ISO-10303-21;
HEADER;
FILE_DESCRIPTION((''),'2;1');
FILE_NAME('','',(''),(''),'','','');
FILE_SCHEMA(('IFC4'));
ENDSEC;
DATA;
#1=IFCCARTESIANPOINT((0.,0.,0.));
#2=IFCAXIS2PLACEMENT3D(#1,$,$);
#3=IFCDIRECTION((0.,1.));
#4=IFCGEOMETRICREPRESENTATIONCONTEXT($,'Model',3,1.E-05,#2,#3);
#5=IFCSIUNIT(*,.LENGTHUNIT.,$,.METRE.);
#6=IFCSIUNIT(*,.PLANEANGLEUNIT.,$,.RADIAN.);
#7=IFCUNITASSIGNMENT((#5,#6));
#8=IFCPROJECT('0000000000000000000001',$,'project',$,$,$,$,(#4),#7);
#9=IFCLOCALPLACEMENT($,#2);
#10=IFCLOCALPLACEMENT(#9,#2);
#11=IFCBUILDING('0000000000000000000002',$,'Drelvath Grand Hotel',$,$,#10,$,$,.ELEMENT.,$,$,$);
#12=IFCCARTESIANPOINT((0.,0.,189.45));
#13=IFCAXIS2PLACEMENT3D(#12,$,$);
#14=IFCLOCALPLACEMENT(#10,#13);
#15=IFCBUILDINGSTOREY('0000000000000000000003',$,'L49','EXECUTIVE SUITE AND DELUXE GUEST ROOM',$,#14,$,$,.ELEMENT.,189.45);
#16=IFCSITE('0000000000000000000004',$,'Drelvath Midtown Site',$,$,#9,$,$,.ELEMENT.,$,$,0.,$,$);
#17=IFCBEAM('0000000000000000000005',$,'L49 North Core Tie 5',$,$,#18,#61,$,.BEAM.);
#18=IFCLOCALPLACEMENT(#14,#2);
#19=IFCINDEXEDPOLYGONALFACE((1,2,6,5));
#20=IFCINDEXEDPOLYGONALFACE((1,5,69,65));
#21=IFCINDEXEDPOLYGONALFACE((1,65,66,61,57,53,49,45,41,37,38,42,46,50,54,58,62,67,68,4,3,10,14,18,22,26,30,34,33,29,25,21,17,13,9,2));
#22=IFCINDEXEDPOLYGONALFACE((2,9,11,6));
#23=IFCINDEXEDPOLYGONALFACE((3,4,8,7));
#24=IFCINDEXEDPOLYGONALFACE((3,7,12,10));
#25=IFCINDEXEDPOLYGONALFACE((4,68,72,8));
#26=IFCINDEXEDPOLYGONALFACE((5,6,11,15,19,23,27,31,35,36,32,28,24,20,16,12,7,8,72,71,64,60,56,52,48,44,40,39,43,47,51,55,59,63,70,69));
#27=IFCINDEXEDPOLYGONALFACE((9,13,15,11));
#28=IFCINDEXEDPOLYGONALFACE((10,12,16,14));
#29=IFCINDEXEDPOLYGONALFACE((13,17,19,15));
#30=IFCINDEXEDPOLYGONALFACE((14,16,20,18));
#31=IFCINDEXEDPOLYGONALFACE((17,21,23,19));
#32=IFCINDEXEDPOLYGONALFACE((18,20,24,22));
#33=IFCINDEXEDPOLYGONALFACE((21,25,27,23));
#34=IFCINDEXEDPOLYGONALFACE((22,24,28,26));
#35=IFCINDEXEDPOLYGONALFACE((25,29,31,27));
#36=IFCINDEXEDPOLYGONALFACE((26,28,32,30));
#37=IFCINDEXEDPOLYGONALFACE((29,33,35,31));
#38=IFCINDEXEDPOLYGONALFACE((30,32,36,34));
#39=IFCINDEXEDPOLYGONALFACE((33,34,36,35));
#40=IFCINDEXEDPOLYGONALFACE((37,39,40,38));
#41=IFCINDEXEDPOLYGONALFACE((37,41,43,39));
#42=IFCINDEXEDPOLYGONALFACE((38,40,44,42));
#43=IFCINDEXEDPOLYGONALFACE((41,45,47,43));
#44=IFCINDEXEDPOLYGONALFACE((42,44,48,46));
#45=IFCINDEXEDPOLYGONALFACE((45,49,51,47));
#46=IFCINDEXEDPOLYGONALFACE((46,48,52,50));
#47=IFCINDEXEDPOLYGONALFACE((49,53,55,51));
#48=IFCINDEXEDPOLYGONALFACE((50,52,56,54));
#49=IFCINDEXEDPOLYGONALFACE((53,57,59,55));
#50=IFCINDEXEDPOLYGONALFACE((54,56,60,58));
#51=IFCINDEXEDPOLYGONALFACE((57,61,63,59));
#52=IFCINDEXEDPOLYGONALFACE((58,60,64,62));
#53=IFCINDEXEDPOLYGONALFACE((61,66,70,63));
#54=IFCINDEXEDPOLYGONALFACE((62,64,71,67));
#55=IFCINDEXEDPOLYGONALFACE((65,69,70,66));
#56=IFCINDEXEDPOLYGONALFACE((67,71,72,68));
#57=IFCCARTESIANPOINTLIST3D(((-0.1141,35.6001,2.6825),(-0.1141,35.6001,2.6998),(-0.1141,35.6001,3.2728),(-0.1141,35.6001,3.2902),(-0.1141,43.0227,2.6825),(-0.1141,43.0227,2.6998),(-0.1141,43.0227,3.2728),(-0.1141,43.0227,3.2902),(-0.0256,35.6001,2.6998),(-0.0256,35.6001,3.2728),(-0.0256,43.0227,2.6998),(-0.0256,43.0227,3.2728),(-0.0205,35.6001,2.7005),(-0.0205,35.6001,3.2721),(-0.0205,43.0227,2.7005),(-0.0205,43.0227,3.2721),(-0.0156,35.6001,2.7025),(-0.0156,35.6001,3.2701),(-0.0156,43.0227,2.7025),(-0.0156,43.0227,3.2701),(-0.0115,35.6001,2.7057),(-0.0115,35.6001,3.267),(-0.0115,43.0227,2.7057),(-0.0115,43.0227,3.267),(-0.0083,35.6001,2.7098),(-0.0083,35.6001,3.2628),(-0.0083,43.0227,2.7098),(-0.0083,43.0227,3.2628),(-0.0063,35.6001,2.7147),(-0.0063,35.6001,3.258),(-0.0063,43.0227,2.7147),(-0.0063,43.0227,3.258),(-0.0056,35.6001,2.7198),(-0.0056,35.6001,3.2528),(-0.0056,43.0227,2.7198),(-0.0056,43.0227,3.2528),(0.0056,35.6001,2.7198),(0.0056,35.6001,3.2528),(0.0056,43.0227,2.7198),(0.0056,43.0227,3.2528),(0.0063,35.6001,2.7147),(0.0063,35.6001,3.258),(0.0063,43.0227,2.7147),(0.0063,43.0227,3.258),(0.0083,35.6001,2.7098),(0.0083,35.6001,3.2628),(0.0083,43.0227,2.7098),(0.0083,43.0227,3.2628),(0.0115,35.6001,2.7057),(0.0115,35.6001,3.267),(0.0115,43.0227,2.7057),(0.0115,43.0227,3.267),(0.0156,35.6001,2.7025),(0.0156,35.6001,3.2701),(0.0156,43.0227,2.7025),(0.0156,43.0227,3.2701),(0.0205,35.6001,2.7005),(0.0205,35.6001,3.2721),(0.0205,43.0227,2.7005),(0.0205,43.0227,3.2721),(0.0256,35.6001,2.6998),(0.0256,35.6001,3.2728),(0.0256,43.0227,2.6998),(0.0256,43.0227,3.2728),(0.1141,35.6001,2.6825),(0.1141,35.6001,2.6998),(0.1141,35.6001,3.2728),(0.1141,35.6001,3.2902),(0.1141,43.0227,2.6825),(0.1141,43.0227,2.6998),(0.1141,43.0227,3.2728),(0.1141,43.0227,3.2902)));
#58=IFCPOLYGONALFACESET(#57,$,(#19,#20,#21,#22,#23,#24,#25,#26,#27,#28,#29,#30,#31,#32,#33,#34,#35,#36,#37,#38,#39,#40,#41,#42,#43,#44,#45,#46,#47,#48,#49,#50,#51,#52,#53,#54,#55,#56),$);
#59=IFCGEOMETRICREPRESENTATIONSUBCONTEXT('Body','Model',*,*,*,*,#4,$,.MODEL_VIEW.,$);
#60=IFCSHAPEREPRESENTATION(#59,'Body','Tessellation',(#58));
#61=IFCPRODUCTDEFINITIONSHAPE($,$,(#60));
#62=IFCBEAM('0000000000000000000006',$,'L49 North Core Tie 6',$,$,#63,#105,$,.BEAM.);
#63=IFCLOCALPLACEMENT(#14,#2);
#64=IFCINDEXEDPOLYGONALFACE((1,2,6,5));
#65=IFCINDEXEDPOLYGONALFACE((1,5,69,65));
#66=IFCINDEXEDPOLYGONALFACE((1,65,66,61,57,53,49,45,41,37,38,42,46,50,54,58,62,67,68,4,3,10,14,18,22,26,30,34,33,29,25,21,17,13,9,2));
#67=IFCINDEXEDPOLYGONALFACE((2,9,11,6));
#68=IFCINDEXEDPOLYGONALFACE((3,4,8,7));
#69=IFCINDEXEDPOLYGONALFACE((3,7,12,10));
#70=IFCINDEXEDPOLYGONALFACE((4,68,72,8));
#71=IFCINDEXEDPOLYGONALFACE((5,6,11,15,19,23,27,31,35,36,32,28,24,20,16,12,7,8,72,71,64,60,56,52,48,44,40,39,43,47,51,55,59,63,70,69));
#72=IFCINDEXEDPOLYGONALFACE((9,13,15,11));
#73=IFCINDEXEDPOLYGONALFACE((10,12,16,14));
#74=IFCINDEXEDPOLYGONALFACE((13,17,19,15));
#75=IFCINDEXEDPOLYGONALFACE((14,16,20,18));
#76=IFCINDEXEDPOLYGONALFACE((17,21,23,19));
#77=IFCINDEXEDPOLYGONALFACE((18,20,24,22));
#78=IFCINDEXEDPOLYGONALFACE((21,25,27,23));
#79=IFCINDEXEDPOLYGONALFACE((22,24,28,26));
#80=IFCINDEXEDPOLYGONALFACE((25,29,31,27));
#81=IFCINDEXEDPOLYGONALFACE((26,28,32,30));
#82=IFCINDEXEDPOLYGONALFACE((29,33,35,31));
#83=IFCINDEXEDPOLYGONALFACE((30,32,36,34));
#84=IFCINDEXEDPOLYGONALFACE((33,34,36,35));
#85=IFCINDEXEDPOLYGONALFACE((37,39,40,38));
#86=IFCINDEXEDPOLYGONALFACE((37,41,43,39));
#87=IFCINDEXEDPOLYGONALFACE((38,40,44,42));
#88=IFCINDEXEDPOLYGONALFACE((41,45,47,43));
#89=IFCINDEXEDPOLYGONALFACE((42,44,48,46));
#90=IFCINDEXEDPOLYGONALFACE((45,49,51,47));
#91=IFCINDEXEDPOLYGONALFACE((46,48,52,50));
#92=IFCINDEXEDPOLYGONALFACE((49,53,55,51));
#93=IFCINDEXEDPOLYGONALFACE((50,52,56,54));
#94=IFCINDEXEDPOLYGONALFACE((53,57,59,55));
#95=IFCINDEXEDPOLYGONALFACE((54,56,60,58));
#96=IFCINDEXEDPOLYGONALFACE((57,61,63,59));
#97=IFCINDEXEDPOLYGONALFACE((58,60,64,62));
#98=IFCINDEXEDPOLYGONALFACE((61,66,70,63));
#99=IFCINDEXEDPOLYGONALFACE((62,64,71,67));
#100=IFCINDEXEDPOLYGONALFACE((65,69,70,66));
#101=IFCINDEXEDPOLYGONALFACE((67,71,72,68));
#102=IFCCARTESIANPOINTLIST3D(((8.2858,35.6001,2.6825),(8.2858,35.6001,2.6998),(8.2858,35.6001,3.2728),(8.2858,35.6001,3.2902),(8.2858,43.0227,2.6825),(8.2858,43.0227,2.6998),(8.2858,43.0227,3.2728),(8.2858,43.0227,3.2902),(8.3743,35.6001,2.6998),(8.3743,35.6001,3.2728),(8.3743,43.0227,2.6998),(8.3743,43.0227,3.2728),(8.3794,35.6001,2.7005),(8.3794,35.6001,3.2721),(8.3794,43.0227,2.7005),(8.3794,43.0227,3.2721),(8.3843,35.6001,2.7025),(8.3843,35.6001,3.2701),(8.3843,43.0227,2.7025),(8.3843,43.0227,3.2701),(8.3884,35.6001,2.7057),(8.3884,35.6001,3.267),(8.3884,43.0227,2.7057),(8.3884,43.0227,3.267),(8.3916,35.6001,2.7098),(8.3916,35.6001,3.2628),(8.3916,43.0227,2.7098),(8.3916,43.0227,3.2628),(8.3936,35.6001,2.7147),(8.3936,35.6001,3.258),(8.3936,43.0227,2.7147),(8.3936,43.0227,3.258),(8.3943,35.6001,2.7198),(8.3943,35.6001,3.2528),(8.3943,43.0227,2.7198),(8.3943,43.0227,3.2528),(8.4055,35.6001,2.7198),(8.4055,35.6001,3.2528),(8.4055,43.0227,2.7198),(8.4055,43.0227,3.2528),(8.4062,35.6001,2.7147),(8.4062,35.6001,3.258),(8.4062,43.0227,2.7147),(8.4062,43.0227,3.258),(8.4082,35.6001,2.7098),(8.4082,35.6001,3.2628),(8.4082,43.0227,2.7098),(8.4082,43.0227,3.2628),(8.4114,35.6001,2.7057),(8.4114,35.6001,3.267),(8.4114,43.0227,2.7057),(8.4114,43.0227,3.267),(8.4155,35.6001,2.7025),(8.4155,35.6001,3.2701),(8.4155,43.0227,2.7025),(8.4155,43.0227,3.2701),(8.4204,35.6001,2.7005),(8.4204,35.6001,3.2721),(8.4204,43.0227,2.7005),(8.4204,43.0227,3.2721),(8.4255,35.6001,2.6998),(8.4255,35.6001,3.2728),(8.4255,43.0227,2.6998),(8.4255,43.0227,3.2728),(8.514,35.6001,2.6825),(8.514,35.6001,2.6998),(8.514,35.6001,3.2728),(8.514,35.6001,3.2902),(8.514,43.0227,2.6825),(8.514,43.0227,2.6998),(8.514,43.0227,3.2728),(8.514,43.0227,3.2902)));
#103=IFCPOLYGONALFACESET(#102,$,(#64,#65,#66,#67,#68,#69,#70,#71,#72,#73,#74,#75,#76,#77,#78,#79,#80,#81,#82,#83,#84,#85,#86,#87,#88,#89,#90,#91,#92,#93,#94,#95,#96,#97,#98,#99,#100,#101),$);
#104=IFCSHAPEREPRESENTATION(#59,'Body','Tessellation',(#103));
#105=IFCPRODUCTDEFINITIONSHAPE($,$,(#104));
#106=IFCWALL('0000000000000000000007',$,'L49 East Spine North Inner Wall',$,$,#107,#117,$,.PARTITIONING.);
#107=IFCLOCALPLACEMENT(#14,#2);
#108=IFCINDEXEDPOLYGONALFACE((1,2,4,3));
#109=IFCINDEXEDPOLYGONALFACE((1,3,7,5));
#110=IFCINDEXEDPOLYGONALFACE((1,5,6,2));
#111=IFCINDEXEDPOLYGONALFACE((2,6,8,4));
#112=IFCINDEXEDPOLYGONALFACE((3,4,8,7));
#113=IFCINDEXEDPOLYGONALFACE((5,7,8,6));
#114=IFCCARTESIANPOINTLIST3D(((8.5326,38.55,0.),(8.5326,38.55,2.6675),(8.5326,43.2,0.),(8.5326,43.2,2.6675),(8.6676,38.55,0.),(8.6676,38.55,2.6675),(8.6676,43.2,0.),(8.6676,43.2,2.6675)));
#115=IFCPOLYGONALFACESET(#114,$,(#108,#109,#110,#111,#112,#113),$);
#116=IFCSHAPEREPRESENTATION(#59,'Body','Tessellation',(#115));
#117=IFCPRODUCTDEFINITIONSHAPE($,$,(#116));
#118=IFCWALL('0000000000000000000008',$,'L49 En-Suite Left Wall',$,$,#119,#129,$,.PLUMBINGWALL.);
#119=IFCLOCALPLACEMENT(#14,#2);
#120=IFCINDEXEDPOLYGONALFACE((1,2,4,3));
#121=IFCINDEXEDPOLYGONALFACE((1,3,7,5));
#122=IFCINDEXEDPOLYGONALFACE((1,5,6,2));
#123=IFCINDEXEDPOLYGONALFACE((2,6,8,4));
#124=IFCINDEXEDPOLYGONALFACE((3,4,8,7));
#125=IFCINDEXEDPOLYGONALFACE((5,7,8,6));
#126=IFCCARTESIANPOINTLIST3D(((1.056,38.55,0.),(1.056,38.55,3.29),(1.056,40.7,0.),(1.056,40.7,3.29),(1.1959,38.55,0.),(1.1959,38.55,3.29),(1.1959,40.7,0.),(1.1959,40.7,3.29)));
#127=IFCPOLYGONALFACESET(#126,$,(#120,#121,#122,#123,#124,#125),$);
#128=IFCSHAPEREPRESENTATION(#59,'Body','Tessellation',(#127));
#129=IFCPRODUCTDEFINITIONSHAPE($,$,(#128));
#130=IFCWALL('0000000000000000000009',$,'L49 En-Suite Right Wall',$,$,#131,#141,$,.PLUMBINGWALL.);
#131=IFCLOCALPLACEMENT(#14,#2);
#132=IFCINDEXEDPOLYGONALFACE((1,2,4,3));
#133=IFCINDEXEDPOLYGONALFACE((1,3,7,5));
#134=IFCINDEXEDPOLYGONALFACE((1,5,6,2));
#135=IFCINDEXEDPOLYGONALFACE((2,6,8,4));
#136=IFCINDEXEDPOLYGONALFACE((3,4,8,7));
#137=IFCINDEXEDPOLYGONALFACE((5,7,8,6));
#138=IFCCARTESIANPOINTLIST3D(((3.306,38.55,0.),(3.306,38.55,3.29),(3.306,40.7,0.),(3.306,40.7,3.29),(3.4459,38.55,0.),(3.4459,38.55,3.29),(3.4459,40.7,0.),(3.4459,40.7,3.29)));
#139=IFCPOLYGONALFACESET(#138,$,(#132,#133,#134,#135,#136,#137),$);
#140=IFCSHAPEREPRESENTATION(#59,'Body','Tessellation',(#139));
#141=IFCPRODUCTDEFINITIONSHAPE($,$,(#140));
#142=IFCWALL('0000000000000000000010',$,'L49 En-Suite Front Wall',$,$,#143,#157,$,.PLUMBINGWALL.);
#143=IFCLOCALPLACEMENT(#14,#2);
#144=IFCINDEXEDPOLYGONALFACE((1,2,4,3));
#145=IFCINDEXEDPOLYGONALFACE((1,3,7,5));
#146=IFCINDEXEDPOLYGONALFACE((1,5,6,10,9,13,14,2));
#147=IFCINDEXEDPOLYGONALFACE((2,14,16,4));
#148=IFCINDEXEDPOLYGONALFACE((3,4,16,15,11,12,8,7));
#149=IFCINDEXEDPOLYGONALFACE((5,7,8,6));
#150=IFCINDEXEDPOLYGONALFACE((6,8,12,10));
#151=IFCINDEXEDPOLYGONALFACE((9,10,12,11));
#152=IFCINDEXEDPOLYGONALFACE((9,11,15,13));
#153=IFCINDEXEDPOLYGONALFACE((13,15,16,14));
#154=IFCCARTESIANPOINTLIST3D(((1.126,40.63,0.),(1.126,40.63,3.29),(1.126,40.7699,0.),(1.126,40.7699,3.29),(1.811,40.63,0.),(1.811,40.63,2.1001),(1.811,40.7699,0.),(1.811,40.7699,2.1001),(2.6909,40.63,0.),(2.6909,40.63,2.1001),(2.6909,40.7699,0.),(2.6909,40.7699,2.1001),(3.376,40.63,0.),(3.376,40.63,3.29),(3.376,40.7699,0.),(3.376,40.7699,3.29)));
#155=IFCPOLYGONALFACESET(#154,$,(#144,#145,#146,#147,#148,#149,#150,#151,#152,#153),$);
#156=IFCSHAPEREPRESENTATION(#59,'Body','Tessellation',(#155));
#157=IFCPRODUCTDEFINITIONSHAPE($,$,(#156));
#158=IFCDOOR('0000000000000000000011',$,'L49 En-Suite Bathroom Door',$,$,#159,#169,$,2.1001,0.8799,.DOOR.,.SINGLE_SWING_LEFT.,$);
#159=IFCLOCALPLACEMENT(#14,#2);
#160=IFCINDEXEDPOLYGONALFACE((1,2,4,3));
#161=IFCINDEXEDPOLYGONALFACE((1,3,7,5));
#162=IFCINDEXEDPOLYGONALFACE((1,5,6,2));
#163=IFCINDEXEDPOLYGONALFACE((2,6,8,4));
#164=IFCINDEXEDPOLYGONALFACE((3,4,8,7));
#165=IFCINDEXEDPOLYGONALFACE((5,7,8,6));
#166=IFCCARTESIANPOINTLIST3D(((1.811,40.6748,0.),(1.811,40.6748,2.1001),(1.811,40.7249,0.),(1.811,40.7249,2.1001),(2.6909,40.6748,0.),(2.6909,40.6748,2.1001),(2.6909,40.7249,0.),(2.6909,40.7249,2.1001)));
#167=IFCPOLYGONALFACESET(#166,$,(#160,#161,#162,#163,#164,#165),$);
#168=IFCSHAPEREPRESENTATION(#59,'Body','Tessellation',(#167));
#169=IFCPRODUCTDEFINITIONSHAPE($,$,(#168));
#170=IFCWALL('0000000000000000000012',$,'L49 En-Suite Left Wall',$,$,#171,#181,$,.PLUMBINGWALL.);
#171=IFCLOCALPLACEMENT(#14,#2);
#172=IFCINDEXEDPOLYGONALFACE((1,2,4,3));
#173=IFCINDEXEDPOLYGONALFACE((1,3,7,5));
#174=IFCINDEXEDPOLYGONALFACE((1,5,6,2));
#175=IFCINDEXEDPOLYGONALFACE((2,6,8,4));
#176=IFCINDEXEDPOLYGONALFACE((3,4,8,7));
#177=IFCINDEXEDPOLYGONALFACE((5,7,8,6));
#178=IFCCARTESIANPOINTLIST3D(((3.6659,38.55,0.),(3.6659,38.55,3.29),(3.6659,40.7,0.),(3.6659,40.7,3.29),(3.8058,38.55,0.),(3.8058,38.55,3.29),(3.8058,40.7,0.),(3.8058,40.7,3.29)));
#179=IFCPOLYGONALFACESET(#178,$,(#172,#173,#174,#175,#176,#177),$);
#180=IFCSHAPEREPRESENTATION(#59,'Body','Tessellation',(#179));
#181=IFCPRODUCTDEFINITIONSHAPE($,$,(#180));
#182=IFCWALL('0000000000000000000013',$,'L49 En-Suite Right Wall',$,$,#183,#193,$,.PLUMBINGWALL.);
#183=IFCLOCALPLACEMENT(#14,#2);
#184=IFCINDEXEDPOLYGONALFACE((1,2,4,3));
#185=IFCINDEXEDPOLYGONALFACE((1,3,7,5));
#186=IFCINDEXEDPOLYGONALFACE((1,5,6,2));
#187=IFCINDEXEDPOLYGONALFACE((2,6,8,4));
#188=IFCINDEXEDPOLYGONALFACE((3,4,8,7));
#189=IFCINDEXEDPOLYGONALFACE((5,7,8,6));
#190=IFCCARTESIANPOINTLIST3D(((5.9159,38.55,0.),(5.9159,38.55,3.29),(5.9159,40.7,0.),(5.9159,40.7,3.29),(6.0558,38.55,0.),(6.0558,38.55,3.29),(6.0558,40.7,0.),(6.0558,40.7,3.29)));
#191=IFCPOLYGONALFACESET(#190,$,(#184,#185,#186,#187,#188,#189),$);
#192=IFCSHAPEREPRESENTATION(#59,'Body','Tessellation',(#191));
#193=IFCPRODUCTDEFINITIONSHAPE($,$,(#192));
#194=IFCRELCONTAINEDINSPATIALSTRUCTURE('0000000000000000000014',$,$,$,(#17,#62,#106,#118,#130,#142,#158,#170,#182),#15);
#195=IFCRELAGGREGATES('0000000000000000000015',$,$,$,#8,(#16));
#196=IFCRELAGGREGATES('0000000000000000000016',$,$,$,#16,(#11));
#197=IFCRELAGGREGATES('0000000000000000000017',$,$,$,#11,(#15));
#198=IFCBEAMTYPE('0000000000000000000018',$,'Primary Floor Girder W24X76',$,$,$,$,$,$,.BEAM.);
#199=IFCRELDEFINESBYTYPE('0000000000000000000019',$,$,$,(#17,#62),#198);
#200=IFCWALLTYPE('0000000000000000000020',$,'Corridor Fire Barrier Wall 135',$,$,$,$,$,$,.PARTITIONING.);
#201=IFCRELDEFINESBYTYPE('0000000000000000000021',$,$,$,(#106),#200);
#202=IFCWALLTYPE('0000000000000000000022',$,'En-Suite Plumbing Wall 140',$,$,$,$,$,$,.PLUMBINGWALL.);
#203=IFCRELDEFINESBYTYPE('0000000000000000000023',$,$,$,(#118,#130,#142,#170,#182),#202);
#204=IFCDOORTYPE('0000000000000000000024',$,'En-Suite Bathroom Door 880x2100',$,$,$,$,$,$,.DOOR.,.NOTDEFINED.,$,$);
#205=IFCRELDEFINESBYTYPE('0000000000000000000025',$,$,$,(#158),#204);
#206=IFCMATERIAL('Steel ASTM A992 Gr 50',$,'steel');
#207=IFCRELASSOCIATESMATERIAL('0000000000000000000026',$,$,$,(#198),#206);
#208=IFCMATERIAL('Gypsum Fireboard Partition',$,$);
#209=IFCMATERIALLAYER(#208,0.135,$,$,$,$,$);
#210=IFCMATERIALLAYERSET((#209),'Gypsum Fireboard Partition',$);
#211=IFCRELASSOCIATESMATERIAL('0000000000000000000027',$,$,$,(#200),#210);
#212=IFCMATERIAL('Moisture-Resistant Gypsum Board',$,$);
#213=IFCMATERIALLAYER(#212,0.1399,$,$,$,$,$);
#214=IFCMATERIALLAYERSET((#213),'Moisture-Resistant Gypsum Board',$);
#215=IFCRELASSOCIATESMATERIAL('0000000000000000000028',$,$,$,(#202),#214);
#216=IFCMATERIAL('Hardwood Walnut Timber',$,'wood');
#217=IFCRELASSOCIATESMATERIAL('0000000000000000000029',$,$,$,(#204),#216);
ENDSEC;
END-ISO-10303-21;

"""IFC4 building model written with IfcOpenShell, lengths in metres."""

from ifc_helpers import new_model, si_unit, direction, frame, frame_2d, origin, origin_2d, place, context, subcontext, project, spatial, rectangle, i_section, extrude, material, layer, layer_set, material_profile, profile_set, type_object, element, fill, save


model = new_model("IFC4")

# Units and contexts
model_context = context("Model", 3, precision=1e-05, world=origin(), true_north=direction((0.0, 1.0)))
body_context = subcontext(model_context, "Body", "Model", "MODEL_VIEW")
ifc_project = project(units=[si_unit("LENGTHUNIT", "METRE"), si_unit("PLANEANGLEUNIT", "RADIAN")], contexts=[model_context])

# Site, building, storey
site_placement = place(None, origin())
site = spatial("IfcSite", under=ifc_project, at=site_placement, Name="Drelvath Midtown Site", CompositionType="ELEMENT", RefElevation=0.0)
building_placement = place(site_placement, origin())
building = spatial("IfcBuilding", under=site, at=building_placement, Name="Drelvath Grand Hotel", CompositionType="ELEMENT")
storey_placement = place(building_placement, frame((0.0, 0.0, 189.45)))
storey = spatial("IfcBuildingStorey", under=building, at=storey_placement, Name="L49", Description="EXECUTIVE SUITE AND DELUXE GUEST ROOM", CompositionType="ELEMENT", Elevation=189.45)

# Beams
ifc_material_1 = material(Name="Steel ASTM A992 Gr 50", Category="steel")
ifc_material_profile = material_profile(ifc_material_1, i_section(OverallWidth=0.2283, OverallDepth=0.6077, WebThickness=0.0112, FlangeThickness=0.0173, FilletRadius=0.02, at=origin_2d()), Name="W24X76")
ifc_profile_set = profile_set([ifc_material_profile], Name="Steel ASTM A992 Gr 50")
beam_type = type_object("IfcBeamType", Name="Primary Floor Girder W24X76", PredefinedType="BEAM", material=ifc_profile_set)
for number, where, z_axis, x_axis, name in (
    (1, (0.0, 35.6001, 2.9863), (0.0, 1.0, 0.0), (-1.0, 0.0, 0.0), "L49 North Core Tie 5"),
    (2, (8.3999, 35.6001, 2.9863), (0.0, 1.0, 0.0), (-1.0, 0.0, 0.0), "L49 North Core Tie 6"),
):
    element("IfcBeam", number, at=place(storey_placement, frame(where, z_axis=z_axis, x_axis=x_axis)), inside=storey, type_object=beam_type, Name=name, PredefinedType="BEAM", context=body_context, shape_type="SweptSolid", body=[
        extrude(i_section(OverallWidth=0.2283, OverallDepth=0.6077, WebThickness=0.0112, FlangeThickness=0.0173, FilletRadius=0.02, at=origin_2d()), origin(), (0.0, 0.0, 1.0), 7.4226),
    ])

# Wall
ifc_material_2 = material(Name="Gypsum Fireboard Partition")
ifc_layer_1 = layer(ifc_material_2, 0.135)
ifc_layer_set_1 = layer_set([ifc_layer_1], Name="Gypsum Fireboard Partition")
wall_type_1 = type_object("IfcWallType", Name="Corridor Fire Barrier Wall 135", PredefinedType="PARTITIONING", material=ifc_layer_set_1)
wall_1_placement = place(storey_placement, frame((8.6001, 38.55, 0.0), z_axis=(0.0, 0.0, 1.0), x_axis=(0.0, 1.0, 0.0)))
element("IfcWall", 3, at=wall_1_placement, inside=storey, type_object=wall_type_1, Name="L49 East Spine North Inner Wall", PredefinedType="PARTITIONING", context=body_context, shape_type="SweptSolid", body=[
    extrude(rectangle(XDim=4.6499, YDim=0.135, at=frame_2d((2.325, 0.0))), origin(), (0.0, 0.0, 1.0), 2.6675),
])

# Shared definitions
ifc_material_3 = material(Name="Hardwood Walnut Timber", Category="wood")

# Walls
ifc_material_4 = material(Name="Moisture-Resistant Gypsum Board")
ifc_layer_2 = layer(ifc_material_4, 0.1399)
ifc_layer_set_2 = layer_set([ifc_layer_2], Name="Moisture-Resistant Gypsum Board")
wall_type_2 = type_object("IfcWallType", Name="En-Suite Plumbing Wall 140", PredefinedType="PLUMBINGWALL", material=ifc_layer_set_2)
for number, where, z_axis, x_axis, name in (
    (4, (1.126, 38.55, 0.0), (0.0, 0.0, 1.0), (0.0, 1.0, 0.0), "L49 En-Suite Left Wall"),
    (5, (3.376, 38.55, 0.0), (0.0, 0.0, 1.0), (0.0, 1.0, 0.0), "L49 En-Suite Right Wall"),
):
    element("IfcWall", number, at=place(storey_placement, frame(where, z_axis=z_axis, x_axis=x_axis)), inside=storey, type_object=wall_type_2, Name=name, PredefinedType="PLUMBINGWALL", context=body_context, shape_type="SweptSolid", body=[
        extrude(rectangle(XDim=2.1499, YDim=0.1399, at=frame_2d((1.075, 0.0))), origin(), (0.0, 0.0, 1.0), 3.29),
    ])

# Wall, opening, door
wall_2_placement = place(storey_placement, frame((1.126, 40.7, 0.0), z_axis=(0.0, 0.0, 1.0), x_axis=(1.0, 0.0, 0.0)))
wall_2 = element("IfcWall", 6, at=wall_2_placement, inside=storey, type_object=wall_type_2, Name="L49 En-Suite Front Wall", PredefinedType="PLUMBINGWALL", context=body_context, shape_type="SweptSolid", body=[
    extrude(rectangle(XDim=2.25, YDim=0.1399, at=frame_2d((1.125, 0.0))), origin(), (0.0, 0.0, 1.0), 3.29),
])
opening_1_placement = place(wall_2_placement, frame((0.6851, 0.0, 0.0)))
opening_1 = element("IfcOpeningElement", 7, at=opening_1_placement, cuts=wall_2, PredefinedType="OPENING", context=body_context, shape_type="SweptSolid", body=[
    extrude(rectangle(XDim=0.8799, YDim=2.1001, at=frame_2d((0.4399, 1.05))), frame((0.0, 0.0798, 0.0), z_axis=(0.0, -1.0, 0.0), x_axis=(1.0, 0.0, 0.0)), (0.0, 0.0, 1.0), 0.1599),
])
door_type_1 = type_object("IfcDoorType", Name="En-Suite Bathroom Door 880x2100", OperationType="NOTDEFINED", PredefinedType="DOOR", material=ifc_material_3)
door_1_placement = place(opening_1_placement, origin())
door_1 = element("IfcDoor", 8, at=door_1_placement, inside=storey, type_object=door_type_1, Name="L49 En-Suite Bathroom Door", OperationType="SINGLE_SWING_LEFT", OverallHeight=2.1001, OverallWidth=0.8799, PredefinedType="DOOR", context=body_context, shape_type="SweptSolid", body=[
    extrude(rectangle(XDim=0.8799, YDim=2.1001, at=frame_2d((0.4399, 1.05))), frame((0.0, 0.0249, 0.0), z_axis=(0.0, -1.0, 0.0), x_axis=(1.0, 0.0, 0.0)), (0.0, 0.0, 1.0), 0.05),
])
fill(opening_1, door_1)

# Walls
for number, where, z_axis, x_axis, name in (
    (9, (3.7358, 38.55, 0.0), (0.0, 0.0, 1.0), (0.0, 1.0, 0.0), "L49 En-Suite Left Wall"),
    (10, (5.9858, 38.55, 0.0), (0.0, 0.0, 1.0), (0.0, 1.0, 0.0), "L49 En-Suite Right Wall"),
):
    element("IfcWall", number, at=place(storey_placement, frame(where, z_axis=z_axis, x_axis=x_axis)), inside=storey, type_object=wall_type_2, Name=name, PredefinedType="PLUMBINGWALL", context=body_context, shape_type="SweptSolid", body=[
        extrude(rectangle(XDim=2.1499, YDim=0.1399, at=frame_2d((1.075, 0.0))), origin(), (0.0, 0.0, 1.0), 3.29),
    ])

save(model, "model.ifc")
